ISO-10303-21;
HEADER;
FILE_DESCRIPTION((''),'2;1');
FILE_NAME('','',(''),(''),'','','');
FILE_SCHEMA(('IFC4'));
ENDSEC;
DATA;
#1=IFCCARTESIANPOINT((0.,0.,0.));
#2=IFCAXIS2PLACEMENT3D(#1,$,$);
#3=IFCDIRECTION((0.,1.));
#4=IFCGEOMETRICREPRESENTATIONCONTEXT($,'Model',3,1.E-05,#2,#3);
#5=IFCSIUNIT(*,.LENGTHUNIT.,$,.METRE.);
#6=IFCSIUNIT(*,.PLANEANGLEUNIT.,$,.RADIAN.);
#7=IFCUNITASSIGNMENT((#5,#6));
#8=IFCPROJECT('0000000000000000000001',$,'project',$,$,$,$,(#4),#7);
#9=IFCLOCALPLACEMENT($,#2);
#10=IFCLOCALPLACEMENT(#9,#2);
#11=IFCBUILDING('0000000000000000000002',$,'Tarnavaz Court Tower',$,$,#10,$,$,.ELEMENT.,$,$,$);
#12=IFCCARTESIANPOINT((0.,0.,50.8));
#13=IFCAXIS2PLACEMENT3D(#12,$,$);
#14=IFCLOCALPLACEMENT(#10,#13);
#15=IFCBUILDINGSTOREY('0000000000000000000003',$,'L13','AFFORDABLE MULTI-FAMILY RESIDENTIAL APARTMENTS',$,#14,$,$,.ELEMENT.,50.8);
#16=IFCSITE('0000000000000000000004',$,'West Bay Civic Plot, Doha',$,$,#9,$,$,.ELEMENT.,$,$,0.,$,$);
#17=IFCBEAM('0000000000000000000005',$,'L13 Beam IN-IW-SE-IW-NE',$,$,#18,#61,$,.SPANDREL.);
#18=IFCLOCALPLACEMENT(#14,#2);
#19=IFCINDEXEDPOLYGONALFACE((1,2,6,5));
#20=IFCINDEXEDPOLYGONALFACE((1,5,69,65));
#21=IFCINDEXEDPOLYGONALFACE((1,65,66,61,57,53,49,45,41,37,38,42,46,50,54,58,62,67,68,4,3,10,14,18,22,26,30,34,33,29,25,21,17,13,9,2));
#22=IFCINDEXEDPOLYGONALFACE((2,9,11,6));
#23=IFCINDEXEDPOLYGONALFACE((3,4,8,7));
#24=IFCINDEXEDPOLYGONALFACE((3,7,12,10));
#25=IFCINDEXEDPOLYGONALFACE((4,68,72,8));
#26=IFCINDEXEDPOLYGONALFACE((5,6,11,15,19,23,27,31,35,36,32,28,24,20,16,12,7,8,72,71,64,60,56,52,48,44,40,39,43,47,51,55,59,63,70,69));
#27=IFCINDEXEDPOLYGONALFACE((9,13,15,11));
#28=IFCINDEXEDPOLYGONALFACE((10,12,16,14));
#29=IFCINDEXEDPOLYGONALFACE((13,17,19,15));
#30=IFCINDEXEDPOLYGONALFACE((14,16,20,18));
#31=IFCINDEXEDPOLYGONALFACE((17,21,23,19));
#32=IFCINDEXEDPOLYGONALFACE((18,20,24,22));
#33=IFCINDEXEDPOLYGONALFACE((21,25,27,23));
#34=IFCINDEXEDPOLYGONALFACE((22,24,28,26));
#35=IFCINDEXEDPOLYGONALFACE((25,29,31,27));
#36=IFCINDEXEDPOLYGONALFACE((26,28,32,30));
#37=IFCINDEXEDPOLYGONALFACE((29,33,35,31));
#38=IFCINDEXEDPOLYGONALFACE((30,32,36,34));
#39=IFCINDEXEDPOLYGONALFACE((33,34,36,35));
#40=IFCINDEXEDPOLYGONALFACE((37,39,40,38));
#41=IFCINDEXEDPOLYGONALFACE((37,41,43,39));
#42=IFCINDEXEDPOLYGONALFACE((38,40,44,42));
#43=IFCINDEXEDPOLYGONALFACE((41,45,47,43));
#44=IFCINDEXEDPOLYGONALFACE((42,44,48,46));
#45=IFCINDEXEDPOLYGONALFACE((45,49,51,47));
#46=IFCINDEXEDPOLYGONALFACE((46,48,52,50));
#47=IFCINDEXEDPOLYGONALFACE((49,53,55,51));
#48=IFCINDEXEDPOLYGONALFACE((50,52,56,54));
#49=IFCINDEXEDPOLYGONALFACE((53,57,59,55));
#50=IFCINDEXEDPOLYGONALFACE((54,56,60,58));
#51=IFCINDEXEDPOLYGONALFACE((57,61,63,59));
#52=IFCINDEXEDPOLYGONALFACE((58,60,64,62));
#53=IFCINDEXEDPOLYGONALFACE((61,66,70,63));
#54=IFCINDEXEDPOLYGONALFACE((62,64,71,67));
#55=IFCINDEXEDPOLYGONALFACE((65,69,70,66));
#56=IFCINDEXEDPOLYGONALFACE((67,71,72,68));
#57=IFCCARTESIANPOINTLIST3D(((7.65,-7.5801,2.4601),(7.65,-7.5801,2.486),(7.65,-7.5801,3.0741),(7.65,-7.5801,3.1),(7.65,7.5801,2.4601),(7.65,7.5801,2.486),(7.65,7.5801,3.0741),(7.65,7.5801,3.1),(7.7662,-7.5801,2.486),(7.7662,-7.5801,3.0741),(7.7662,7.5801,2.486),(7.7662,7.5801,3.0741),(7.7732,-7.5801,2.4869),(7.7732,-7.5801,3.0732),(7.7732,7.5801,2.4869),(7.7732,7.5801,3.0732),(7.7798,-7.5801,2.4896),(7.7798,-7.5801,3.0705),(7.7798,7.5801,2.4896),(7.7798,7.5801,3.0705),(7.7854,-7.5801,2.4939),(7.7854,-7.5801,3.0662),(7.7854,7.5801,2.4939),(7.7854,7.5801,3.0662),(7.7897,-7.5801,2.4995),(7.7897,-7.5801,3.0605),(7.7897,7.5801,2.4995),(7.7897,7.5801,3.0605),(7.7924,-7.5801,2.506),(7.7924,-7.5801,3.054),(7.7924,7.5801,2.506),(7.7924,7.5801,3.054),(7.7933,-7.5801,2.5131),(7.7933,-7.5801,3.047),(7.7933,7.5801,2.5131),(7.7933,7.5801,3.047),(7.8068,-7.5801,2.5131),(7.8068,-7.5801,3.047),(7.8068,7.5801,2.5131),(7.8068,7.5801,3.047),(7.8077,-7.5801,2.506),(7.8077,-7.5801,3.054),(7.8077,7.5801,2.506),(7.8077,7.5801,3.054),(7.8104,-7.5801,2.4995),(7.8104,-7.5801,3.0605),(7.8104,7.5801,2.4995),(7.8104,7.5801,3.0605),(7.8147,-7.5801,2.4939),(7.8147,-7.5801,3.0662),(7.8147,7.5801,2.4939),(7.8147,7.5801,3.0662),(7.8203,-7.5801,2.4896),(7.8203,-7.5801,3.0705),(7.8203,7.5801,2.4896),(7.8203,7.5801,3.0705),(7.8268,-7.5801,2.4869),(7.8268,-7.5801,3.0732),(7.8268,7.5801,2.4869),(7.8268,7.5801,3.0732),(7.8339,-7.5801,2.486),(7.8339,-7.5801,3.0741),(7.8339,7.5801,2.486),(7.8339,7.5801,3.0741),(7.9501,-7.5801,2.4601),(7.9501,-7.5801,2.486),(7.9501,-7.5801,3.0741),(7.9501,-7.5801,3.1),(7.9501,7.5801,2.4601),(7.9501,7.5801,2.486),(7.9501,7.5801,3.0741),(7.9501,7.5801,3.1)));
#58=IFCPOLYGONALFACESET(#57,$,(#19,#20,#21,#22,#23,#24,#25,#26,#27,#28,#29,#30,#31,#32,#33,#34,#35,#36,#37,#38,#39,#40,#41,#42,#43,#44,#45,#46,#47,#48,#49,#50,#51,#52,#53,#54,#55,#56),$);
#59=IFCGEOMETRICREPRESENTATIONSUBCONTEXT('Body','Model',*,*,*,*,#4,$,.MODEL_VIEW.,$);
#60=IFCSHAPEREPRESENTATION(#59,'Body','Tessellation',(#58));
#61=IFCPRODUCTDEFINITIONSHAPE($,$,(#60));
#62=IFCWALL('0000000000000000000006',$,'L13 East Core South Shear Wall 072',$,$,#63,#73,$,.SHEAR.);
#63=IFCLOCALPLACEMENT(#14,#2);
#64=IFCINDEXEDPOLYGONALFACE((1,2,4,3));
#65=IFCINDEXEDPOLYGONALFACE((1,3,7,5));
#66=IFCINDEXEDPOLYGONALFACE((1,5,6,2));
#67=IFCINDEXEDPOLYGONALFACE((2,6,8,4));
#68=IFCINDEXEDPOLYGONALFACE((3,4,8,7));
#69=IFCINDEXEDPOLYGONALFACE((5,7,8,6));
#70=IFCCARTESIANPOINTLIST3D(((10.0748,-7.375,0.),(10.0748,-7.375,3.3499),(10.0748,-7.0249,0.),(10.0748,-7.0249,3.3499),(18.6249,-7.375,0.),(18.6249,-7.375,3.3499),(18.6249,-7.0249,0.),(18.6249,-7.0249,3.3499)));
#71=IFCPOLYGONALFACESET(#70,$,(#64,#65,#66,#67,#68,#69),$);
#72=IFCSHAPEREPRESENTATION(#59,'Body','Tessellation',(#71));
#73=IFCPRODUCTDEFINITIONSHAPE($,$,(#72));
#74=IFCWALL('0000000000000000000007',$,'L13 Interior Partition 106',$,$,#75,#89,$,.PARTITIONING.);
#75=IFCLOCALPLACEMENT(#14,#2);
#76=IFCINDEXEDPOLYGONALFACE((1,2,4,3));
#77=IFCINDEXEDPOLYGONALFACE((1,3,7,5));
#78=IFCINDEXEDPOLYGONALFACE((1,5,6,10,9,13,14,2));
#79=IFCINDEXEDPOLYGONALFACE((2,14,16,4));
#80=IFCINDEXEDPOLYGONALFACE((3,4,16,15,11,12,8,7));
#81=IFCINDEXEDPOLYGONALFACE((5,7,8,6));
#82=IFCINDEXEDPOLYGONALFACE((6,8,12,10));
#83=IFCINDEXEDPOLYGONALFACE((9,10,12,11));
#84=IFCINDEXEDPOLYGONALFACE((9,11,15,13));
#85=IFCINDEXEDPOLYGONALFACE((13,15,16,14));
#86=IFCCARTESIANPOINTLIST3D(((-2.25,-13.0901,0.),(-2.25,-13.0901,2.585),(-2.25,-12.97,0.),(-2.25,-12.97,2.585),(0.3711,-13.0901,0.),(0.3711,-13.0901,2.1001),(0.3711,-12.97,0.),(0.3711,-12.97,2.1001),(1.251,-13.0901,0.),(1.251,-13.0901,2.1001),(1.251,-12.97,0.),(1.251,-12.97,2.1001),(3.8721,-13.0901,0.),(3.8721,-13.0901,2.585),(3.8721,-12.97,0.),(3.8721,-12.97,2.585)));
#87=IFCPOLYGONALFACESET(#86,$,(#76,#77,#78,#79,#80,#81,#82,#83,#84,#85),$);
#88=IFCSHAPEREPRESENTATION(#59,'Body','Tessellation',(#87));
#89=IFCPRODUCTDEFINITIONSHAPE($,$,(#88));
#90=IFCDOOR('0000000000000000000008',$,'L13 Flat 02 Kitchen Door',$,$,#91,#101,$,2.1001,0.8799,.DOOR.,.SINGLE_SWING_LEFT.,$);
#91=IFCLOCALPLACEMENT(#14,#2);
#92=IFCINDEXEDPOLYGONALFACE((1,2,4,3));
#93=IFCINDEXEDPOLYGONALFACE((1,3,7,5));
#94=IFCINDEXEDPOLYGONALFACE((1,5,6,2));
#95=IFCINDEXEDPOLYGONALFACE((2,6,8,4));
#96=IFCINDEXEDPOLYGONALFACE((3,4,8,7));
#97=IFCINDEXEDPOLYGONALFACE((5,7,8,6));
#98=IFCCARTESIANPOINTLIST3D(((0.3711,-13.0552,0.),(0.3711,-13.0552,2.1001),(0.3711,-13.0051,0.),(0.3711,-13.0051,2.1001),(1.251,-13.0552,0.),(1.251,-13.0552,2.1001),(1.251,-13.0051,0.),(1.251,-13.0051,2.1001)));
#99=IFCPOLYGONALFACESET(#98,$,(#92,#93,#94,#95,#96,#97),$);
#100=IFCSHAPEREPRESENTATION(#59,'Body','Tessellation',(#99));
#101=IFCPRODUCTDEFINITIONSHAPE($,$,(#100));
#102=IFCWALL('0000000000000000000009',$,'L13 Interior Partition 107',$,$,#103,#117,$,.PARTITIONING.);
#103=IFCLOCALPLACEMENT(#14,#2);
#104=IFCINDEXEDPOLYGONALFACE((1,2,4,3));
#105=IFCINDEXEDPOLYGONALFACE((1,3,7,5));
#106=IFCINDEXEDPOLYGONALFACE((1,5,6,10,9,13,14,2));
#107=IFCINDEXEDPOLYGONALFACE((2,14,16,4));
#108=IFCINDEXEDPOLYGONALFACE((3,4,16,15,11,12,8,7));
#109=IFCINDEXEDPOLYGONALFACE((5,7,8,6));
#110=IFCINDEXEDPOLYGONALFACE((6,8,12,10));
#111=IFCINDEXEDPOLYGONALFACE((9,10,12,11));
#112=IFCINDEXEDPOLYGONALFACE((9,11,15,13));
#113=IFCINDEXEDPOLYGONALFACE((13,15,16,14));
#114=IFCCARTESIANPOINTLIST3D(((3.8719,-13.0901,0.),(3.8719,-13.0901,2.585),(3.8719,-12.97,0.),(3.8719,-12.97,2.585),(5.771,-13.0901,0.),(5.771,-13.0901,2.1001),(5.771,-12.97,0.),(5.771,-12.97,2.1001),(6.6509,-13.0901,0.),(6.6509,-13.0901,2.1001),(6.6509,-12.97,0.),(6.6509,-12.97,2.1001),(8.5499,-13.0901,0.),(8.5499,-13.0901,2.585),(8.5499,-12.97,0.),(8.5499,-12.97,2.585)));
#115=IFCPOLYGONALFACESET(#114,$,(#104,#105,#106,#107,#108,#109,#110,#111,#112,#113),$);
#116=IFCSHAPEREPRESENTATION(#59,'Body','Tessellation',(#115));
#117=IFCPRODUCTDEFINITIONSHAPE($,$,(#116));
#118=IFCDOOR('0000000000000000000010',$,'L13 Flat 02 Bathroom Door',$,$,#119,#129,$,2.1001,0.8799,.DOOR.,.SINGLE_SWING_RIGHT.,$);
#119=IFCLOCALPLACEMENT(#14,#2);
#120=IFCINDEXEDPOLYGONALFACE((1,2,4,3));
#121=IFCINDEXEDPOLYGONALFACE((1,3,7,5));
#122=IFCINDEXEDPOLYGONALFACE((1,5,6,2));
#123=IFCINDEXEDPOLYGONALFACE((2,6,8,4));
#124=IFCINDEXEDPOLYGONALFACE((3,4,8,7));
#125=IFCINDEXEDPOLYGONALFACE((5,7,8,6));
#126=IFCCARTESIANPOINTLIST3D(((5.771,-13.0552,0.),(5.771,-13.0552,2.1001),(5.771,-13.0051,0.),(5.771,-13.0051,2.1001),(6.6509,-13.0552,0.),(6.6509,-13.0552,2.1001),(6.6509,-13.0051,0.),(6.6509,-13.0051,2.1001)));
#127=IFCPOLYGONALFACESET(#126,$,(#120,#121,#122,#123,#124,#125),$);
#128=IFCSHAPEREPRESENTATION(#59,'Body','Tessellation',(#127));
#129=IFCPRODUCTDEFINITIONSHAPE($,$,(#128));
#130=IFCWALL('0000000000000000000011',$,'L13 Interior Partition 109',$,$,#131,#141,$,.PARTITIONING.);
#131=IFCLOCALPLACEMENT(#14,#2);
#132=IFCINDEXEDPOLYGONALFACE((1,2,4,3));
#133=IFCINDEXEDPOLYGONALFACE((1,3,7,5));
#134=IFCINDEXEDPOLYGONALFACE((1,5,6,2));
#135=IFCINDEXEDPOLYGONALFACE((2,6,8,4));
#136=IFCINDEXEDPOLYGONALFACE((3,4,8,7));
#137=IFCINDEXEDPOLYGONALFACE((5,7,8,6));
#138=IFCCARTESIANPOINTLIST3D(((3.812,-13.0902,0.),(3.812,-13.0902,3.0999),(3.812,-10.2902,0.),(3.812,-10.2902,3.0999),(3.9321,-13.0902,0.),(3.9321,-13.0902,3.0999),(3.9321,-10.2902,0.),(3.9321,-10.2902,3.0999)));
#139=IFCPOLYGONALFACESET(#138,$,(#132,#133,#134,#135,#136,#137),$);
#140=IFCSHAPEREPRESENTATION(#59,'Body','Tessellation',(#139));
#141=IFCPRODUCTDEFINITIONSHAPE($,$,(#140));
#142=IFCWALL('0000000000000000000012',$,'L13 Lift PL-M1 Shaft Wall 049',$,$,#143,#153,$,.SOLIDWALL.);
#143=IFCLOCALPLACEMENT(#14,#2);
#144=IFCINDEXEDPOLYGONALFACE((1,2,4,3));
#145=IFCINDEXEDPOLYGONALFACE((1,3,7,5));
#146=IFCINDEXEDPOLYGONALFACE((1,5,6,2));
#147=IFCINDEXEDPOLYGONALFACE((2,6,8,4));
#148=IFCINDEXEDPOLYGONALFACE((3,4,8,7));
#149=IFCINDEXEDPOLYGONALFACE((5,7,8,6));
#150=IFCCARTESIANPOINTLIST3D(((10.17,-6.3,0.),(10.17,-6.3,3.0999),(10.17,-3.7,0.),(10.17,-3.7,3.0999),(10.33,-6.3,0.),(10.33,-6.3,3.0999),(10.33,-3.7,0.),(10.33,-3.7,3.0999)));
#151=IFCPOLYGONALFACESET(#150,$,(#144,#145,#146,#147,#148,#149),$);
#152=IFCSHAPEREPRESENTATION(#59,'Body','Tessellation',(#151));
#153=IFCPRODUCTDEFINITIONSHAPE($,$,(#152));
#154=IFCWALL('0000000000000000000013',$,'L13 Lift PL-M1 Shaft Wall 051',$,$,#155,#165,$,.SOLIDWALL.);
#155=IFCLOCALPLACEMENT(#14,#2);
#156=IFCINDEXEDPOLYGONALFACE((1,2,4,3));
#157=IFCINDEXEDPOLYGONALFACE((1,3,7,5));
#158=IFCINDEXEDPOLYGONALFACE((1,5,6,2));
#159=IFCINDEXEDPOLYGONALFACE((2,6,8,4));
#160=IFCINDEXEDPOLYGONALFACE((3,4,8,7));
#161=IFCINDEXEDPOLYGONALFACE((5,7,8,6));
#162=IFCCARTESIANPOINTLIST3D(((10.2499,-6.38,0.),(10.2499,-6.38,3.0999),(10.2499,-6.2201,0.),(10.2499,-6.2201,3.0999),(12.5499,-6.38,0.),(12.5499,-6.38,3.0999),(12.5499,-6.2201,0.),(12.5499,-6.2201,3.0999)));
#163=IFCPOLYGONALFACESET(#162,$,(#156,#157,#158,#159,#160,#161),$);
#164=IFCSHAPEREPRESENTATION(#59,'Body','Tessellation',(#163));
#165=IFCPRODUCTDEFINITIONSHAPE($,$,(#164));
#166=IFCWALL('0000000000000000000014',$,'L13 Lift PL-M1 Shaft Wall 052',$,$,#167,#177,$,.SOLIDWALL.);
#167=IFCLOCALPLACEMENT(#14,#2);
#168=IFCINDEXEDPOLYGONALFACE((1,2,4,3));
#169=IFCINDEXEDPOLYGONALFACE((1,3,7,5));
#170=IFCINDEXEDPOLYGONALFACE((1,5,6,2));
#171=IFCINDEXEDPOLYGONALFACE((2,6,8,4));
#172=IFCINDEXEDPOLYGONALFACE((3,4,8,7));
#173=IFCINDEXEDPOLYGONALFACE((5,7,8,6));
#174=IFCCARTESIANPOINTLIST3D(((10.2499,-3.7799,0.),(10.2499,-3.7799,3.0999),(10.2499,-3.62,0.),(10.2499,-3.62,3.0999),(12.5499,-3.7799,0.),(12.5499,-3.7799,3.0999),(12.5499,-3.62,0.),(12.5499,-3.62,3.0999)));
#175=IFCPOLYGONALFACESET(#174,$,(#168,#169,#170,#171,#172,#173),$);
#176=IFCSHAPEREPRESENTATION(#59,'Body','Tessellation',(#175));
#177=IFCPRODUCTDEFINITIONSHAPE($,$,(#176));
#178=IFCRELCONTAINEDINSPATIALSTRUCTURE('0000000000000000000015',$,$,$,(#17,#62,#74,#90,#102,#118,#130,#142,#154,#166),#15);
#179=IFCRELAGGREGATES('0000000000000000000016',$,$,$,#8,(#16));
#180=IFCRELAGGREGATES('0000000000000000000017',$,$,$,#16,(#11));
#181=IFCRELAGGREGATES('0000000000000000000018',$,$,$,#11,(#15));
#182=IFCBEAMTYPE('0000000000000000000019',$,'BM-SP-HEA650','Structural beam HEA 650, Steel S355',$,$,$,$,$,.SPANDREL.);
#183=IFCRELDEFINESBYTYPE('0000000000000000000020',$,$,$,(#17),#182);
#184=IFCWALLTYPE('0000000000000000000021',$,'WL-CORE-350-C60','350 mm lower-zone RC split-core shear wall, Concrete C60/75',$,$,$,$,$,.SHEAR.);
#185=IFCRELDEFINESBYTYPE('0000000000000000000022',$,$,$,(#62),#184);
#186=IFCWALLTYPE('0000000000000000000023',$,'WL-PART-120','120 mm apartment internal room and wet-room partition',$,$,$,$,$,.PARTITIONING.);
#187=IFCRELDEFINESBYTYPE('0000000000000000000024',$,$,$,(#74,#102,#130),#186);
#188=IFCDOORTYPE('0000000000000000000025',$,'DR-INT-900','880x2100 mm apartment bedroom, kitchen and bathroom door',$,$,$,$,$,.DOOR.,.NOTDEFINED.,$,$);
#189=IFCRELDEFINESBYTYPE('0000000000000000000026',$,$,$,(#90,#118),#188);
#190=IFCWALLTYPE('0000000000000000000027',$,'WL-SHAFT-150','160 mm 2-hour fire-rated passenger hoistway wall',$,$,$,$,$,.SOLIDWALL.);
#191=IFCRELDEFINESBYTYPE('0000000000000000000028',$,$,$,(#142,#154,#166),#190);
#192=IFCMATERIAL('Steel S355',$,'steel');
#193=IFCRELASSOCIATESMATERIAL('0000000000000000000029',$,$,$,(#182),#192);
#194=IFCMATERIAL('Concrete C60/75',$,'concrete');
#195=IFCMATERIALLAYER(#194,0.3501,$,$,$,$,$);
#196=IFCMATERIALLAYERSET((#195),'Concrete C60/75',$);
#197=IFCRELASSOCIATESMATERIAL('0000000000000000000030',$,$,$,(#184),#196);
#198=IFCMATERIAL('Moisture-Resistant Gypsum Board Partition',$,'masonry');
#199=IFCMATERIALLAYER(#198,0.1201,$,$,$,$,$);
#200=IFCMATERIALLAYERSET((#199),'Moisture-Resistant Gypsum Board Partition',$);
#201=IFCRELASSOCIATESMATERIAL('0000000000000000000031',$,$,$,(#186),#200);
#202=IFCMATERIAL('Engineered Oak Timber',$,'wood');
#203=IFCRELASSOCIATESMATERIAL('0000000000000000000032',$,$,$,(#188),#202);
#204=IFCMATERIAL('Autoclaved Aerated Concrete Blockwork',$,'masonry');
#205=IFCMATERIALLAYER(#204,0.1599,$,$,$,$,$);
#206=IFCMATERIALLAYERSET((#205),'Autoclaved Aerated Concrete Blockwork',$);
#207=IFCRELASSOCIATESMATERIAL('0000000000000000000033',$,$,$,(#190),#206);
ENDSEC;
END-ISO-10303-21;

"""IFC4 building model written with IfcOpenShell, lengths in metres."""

from ifc_helpers import new_model, si_unit, direction, frame, frame_2d, origin, origin_2d, place, context, subcontext, project, spatial, rectangle, i_section, extrude, material, layer, layer_set, material_profile, profile_set, type_object, element, fill, save


model = new_model("IFC4")

# Units and contexts
model_context = context("Model", 3, precision=1e-05, world=origin(), true_north=direction((0.0, 1.0)))
body_context = subcontext(model_context, "Body", "Model", "MODEL_VIEW")
ifc_project = project(units=[si_unit("LENGTHUNIT", "METRE"), si_unit("PLANEANGLEUNIT", "RADIAN")], contexts=[model_context])

# Site, building, storey
site_placement = place(None, origin())
site = spatial("IfcSite", under=ifc_project, at=site_placement, Name="West Bay Civic Plot, Doha", CompositionType="ELEMENT", RefElevation=0.0)
building_placement = place(site_placement, origin())
building = spatial("IfcBuilding", under=site, at=building_placement, Name="Tarnavaz Court Tower", CompositionType="ELEMENT")
storey_placement = place(building_placement, frame((0.0, 0.0, 50.8)))
storey = spatial("IfcBuildingStorey", under=building, at=storey_placement, Name="L13", Description="AFFORDABLE MULTI-FAMILY RESIDENTIAL APARTMENTS", CompositionType="ELEMENT", Elevation=50.8)

# Shared definitions
ifc_material_1 = material(Name="Concrete C60/75", Category="concrete")

# Beam
ifc_material_2 = material(Name="Steel S355", Category="steel")
ifc_material_profile_1 = material_profile(ifc_material_2, i_section(OverallWidth=0.3, OverallDepth=0.6399, WebThickness=0.0134, FlangeThickness=0.0259, FilletRadius=0.0271, at=origin_2d()), Name="HEA 650")
ifc_profile_set_1 = profile_set([ifc_material_profile_1], Name="Steel S355")
beam_type_1 = type_object("IfcBeamType", Name="BM-SP-HEA650", Description="Structural beam HEA 650, Steel S355", PredefinedType="SPANDREL", material=ifc_profile_set_1)
beam_1_placement = place(storey_placement, frame((7.8, -7.5801, 2.78), z_axis=(0.0, 1.0, 0.0), x_axis=(-1.0, 0.0, 0.0)))
element("IfcBeam", 1, at=beam_1_placement, inside=storey, type_object=beam_type_1, Name="L13 Beam IN-IW-SE-IW-NE", PredefinedType="SPANDREL", context=body_context, shape_type="SweptSolid", body=[
    extrude(i_section(OverallWidth=0.3, OverallDepth=0.6399, WebThickness=0.0134, FlangeThickness=0.0259, FilletRadius=0.0271, at=origin_2d()), origin(), (0.0, 0.0, 1.0), 15.1602),
])

# Wall
ifc_layer_1 = layer(ifc_material_1, 0.3501)
ifc_layer_set_1 = layer_set([ifc_layer_1], Name="Concrete C60/75")
wall_type_1 = type_object("IfcWallType", Name="WL-CORE-350-C60", Description="350 mm lower-zone RC split-core shear wall, Concrete C60/75", PredefinedType="SHEAR", material=ifc_layer_set_1)
wall_1_placement = place(storey_placement, frame((10.075, -7.2, 0.0), z_axis=(0.0, 0.0, 1.0), x_axis=(1.0, 0.0, 0.0)))
element("IfcWall", 2, at=wall_1_placement, inside=storey, type_object=wall_type_1, Name="L13 East Core South Shear Wall 072", PredefinedType="SHEAR", context=body_context, shape_type="SweptSolid", body=[
    extrude(rectangle(XDim=8.55, YDim=0.3501, at=frame_2d((4.2749, 0.0))), origin(), (0.0, 0.0, 1.0), 3.3499),
])

# Shared definitions
ifc_material_3 = material(Name="Engineered Oak Timber", Category="wood")

# Walls, openings, doors
ifc_material_4 = material(Name="Moisture-Resistant Gypsum Board Partition", Category="masonry")
ifc_layer_2 = layer(ifc_material_4, 0.1201)
ifc_layer_set_2 = layer_set([ifc_layer_2], Name="Moisture-Resistant Gypsum Board Partition")
wall_type_2 = type_object("IfcWallType", Name="WL-PART-120", Description="120 mm apartment internal room and wet-room partition", PredefinedType="PARTITIONING", material=ifc_layer_set_2)
wall_2_placement = place(storey_placement, frame((-2.25, -13.03, 0.0), z_axis=(0.0, 0.0, 1.0), x_axis=(1.0, 0.0, 0.0)))
wall_2 = element("IfcWall", 3, at=wall_2_placement, inside=storey, type_object=wall_type_2, Name="L13 Interior Partition 106", PredefinedType="PARTITIONING", context=body_context, shape_type="SweptSolid", body=[
    extrude(rectangle(XDim=6.1221, YDim=0.1201, at=frame_2d((3.061, 0.0))), origin(), (0.0, 0.0, 1.0), 2.585),
])
opening_1_placement = place(wall_2_placement, frame((2.6211, 0.0, 0.0)))
opening_1 = element("IfcOpeningElement", 4, at=opening_1_placement, cuts=wall_2, PredefinedType="OPENING", context=body_context, shape_type="SweptSolid", body=[
    extrude(rectangle(XDim=0.8799, YDim=2.1001, at=frame_2d((0.4399, 1.05))), frame((0.0, 0.0701, 0.0), z_axis=(0.0, -1.0, 0.0), x_axis=(1.0, 0.0, 0.0)), (0.0, 0.0, 1.0), 0.1401),
])
door_type_1 = type_object("IfcDoorType", Name="DR-INT-900", Description="880x2100 mm apartment bedroom, kitchen and bathroom door", OperationType="NOTDEFINED", PredefinedType="DOOR", material=ifc_material_3)
door_1_placement = place(opening_1_placement, origin())
door_1 = element("IfcDoor", 5, at=door_1_placement, inside=storey, type_object=door_type_1, Name="L13 Flat 02 Kitchen Door", OperationType="SINGLE_SWING_LEFT", OverallHeight=2.1001, OverallWidth=0.8799, PredefinedType="DOOR", context=body_context, shape_type="SweptSolid", body=[
    extrude(rectangle(XDim=0.8799, YDim=2.1001, at=frame_2d((0.4399, 1.05))), frame((0.0, 0.0249, 0.0), z_axis=(0.0, -1.0, 0.0), x_axis=(1.0, 0.0, 0.0)), (0.0, 0.0, 1.0), 0.05),
])
fill(opening_1, door_1)
wall_3_placement = place(storey_placement, frame((3.8721, -13.03, 0.0), z_axis=(0.0, 0.0, 1.0), x_axis=(1.0, 0.0, 0.0)))
wall_3 = element("IfcWall", 6, at=wall_3_placement, inside=storey, type_object=wall_type_2, Name="L13 Interior Partition 107", PredefinedType="PARTITIONING", context=body_context, shape_type="SweptSolid", body=[
    extrude(rectangle(XDim=4.678, YDim=0.1201, at=frame_2d((2.3389, 0.0))), origin(), (0.0, 0.0, 1.0), 2.585),
])
opening_2_placement = place(wall_3_placement, frame((1.8989, 0.0, 0.0)))
opening_2 = element("IfcOpeningElement", 7, at=opening_2_placement, cuts=wall_3, PredefinedType="OPENING", context=body_context, shape_type="SweptSolid", body=[
    extrude(rectangle(XDim=0.8799, YDim=2.1001, at=frame_2d((0.4399, 1.05))), frame((0.0, 0.0701, 0.0), z_axis=(0.0, -1.0, 0.0), x_axis=(1.0, 0.0, 0.0)), (0.0, 0.0, 1.0), 0.1401),
])
door_2_placement = place(opening_2_placement, origin())
door_2 = element("IfcDoor", 8, at=door_2_placement, inside=storey, type_object=door_type_1, Name="L13 Flat 02 Bathroom Door", OperationType="SINGLE_SWING_RIGHT", OverallHeight=2.1001, OverallWidth=0.8799, PredefinedType="DOOR", context=body_context, shape_type="SweptSolid", body=[
    extrude(rectangle(XDim=0.8799, YDim=2.1001, at=frame_2d((0.4399, 1.05))), frame((0.0, 0.0249, 0.0), z_axis=(0.0, -1.0, 0.0), x_axis=(1.0, 0.0, 0.0)), (0.0, 0.0, 1.0), 0.05),
])
fill(opening_2, door_2)

# Walls
wall_4_placement = place(storey_placement, frame((3.8721, -13.0901, 0.0), z_axis=(0.0, 0.0, 1.0), x_axis=(0.0, 1.0, 0.0)))
element("IfcWall", 9, at=wall_4_placement, inside=storey, type_object=wall_type_2, Name="L13 Interior Partition 109", PredefinedType="PARTITIONING", context=body_context, shape_type="SweptSolid", body=[
    extrude(rectangle(XDim=2.8, YDim=0.1201, at=frame_2d((1.3999, 0.0))), origin(), (0.0, 0.0, 1.0), 3.0999),
])
ifc_material_5 = material(Name="Autoclaved Aerated Concrete Blockwork", Category="masonry")
ifc_layer_3 = layer(ifc_material_5, 0.1599)
ifc_layer_set_3 = layer_set([ifc_layer_3], Name="Autoclaved Aerated Concrete Blockwork")
wall_type_3 = type_object("IfcWallType", Name="WL-SHAFT-150", Description="160 mm 2-hour fire-rated passenger hoistway wall", PredefinedType="SOLIDWALL", material=ifc_layer_set_3)
wall_5_placement = place(storey_placement, frame((10.25, -6.3, 0.0), z_axis=(0.0, 0.0, 1.0), x_axis=(0.0, 1.0, 0.0)))
element("IfcWall", 10, at=wall_5_placement, inside=storey, type_object=wall_type_3, Name="L13 Lift PL-M1 Shaft Wall 049", PredefinedType="SOLIDWALL", context=body_context, shape_type="SweptSolid", body=[
    extrude(rectangle(XDim=2.6001, YDim=0.1599, at=frame_2d((1.3, 0.0))), origin(), (0.0, 0.0, 1.0), 3.0999),
])
for number, where, z_axis, x_axis, name in (
    (11, (10.25, -6.3, 0.0), (0.0, 0.0, 1.0), (1.0, 0.0, 0.0), "L13 Lift PL-M1 Shaft Wall 051"),
    (12, (10.25, -3.7, 0.0), (0.0, 0.0, 1.0), (1.0, 0.0, 0.0), "L13 Lift PL-M1 Shaft Wall 052"),
):
    element("IfcWall", number, at=place(storey_placement, frame(where, z_axis=z_axis, x_axis=x_axis)), inside=storey, type_object=wall_type_3, Name=name, PredefinedType="SOLIDWALL", context=body_context, shape_type="SweptSolid", body=[
        extrude(rectangle(XDim=2.3, YDim=0.1599, at=frame_2d((1.1499, 0.0))), origin(), (0.0, 0.0, 1.0), 3.0999),
    ])

save(model, "model.ifc")
